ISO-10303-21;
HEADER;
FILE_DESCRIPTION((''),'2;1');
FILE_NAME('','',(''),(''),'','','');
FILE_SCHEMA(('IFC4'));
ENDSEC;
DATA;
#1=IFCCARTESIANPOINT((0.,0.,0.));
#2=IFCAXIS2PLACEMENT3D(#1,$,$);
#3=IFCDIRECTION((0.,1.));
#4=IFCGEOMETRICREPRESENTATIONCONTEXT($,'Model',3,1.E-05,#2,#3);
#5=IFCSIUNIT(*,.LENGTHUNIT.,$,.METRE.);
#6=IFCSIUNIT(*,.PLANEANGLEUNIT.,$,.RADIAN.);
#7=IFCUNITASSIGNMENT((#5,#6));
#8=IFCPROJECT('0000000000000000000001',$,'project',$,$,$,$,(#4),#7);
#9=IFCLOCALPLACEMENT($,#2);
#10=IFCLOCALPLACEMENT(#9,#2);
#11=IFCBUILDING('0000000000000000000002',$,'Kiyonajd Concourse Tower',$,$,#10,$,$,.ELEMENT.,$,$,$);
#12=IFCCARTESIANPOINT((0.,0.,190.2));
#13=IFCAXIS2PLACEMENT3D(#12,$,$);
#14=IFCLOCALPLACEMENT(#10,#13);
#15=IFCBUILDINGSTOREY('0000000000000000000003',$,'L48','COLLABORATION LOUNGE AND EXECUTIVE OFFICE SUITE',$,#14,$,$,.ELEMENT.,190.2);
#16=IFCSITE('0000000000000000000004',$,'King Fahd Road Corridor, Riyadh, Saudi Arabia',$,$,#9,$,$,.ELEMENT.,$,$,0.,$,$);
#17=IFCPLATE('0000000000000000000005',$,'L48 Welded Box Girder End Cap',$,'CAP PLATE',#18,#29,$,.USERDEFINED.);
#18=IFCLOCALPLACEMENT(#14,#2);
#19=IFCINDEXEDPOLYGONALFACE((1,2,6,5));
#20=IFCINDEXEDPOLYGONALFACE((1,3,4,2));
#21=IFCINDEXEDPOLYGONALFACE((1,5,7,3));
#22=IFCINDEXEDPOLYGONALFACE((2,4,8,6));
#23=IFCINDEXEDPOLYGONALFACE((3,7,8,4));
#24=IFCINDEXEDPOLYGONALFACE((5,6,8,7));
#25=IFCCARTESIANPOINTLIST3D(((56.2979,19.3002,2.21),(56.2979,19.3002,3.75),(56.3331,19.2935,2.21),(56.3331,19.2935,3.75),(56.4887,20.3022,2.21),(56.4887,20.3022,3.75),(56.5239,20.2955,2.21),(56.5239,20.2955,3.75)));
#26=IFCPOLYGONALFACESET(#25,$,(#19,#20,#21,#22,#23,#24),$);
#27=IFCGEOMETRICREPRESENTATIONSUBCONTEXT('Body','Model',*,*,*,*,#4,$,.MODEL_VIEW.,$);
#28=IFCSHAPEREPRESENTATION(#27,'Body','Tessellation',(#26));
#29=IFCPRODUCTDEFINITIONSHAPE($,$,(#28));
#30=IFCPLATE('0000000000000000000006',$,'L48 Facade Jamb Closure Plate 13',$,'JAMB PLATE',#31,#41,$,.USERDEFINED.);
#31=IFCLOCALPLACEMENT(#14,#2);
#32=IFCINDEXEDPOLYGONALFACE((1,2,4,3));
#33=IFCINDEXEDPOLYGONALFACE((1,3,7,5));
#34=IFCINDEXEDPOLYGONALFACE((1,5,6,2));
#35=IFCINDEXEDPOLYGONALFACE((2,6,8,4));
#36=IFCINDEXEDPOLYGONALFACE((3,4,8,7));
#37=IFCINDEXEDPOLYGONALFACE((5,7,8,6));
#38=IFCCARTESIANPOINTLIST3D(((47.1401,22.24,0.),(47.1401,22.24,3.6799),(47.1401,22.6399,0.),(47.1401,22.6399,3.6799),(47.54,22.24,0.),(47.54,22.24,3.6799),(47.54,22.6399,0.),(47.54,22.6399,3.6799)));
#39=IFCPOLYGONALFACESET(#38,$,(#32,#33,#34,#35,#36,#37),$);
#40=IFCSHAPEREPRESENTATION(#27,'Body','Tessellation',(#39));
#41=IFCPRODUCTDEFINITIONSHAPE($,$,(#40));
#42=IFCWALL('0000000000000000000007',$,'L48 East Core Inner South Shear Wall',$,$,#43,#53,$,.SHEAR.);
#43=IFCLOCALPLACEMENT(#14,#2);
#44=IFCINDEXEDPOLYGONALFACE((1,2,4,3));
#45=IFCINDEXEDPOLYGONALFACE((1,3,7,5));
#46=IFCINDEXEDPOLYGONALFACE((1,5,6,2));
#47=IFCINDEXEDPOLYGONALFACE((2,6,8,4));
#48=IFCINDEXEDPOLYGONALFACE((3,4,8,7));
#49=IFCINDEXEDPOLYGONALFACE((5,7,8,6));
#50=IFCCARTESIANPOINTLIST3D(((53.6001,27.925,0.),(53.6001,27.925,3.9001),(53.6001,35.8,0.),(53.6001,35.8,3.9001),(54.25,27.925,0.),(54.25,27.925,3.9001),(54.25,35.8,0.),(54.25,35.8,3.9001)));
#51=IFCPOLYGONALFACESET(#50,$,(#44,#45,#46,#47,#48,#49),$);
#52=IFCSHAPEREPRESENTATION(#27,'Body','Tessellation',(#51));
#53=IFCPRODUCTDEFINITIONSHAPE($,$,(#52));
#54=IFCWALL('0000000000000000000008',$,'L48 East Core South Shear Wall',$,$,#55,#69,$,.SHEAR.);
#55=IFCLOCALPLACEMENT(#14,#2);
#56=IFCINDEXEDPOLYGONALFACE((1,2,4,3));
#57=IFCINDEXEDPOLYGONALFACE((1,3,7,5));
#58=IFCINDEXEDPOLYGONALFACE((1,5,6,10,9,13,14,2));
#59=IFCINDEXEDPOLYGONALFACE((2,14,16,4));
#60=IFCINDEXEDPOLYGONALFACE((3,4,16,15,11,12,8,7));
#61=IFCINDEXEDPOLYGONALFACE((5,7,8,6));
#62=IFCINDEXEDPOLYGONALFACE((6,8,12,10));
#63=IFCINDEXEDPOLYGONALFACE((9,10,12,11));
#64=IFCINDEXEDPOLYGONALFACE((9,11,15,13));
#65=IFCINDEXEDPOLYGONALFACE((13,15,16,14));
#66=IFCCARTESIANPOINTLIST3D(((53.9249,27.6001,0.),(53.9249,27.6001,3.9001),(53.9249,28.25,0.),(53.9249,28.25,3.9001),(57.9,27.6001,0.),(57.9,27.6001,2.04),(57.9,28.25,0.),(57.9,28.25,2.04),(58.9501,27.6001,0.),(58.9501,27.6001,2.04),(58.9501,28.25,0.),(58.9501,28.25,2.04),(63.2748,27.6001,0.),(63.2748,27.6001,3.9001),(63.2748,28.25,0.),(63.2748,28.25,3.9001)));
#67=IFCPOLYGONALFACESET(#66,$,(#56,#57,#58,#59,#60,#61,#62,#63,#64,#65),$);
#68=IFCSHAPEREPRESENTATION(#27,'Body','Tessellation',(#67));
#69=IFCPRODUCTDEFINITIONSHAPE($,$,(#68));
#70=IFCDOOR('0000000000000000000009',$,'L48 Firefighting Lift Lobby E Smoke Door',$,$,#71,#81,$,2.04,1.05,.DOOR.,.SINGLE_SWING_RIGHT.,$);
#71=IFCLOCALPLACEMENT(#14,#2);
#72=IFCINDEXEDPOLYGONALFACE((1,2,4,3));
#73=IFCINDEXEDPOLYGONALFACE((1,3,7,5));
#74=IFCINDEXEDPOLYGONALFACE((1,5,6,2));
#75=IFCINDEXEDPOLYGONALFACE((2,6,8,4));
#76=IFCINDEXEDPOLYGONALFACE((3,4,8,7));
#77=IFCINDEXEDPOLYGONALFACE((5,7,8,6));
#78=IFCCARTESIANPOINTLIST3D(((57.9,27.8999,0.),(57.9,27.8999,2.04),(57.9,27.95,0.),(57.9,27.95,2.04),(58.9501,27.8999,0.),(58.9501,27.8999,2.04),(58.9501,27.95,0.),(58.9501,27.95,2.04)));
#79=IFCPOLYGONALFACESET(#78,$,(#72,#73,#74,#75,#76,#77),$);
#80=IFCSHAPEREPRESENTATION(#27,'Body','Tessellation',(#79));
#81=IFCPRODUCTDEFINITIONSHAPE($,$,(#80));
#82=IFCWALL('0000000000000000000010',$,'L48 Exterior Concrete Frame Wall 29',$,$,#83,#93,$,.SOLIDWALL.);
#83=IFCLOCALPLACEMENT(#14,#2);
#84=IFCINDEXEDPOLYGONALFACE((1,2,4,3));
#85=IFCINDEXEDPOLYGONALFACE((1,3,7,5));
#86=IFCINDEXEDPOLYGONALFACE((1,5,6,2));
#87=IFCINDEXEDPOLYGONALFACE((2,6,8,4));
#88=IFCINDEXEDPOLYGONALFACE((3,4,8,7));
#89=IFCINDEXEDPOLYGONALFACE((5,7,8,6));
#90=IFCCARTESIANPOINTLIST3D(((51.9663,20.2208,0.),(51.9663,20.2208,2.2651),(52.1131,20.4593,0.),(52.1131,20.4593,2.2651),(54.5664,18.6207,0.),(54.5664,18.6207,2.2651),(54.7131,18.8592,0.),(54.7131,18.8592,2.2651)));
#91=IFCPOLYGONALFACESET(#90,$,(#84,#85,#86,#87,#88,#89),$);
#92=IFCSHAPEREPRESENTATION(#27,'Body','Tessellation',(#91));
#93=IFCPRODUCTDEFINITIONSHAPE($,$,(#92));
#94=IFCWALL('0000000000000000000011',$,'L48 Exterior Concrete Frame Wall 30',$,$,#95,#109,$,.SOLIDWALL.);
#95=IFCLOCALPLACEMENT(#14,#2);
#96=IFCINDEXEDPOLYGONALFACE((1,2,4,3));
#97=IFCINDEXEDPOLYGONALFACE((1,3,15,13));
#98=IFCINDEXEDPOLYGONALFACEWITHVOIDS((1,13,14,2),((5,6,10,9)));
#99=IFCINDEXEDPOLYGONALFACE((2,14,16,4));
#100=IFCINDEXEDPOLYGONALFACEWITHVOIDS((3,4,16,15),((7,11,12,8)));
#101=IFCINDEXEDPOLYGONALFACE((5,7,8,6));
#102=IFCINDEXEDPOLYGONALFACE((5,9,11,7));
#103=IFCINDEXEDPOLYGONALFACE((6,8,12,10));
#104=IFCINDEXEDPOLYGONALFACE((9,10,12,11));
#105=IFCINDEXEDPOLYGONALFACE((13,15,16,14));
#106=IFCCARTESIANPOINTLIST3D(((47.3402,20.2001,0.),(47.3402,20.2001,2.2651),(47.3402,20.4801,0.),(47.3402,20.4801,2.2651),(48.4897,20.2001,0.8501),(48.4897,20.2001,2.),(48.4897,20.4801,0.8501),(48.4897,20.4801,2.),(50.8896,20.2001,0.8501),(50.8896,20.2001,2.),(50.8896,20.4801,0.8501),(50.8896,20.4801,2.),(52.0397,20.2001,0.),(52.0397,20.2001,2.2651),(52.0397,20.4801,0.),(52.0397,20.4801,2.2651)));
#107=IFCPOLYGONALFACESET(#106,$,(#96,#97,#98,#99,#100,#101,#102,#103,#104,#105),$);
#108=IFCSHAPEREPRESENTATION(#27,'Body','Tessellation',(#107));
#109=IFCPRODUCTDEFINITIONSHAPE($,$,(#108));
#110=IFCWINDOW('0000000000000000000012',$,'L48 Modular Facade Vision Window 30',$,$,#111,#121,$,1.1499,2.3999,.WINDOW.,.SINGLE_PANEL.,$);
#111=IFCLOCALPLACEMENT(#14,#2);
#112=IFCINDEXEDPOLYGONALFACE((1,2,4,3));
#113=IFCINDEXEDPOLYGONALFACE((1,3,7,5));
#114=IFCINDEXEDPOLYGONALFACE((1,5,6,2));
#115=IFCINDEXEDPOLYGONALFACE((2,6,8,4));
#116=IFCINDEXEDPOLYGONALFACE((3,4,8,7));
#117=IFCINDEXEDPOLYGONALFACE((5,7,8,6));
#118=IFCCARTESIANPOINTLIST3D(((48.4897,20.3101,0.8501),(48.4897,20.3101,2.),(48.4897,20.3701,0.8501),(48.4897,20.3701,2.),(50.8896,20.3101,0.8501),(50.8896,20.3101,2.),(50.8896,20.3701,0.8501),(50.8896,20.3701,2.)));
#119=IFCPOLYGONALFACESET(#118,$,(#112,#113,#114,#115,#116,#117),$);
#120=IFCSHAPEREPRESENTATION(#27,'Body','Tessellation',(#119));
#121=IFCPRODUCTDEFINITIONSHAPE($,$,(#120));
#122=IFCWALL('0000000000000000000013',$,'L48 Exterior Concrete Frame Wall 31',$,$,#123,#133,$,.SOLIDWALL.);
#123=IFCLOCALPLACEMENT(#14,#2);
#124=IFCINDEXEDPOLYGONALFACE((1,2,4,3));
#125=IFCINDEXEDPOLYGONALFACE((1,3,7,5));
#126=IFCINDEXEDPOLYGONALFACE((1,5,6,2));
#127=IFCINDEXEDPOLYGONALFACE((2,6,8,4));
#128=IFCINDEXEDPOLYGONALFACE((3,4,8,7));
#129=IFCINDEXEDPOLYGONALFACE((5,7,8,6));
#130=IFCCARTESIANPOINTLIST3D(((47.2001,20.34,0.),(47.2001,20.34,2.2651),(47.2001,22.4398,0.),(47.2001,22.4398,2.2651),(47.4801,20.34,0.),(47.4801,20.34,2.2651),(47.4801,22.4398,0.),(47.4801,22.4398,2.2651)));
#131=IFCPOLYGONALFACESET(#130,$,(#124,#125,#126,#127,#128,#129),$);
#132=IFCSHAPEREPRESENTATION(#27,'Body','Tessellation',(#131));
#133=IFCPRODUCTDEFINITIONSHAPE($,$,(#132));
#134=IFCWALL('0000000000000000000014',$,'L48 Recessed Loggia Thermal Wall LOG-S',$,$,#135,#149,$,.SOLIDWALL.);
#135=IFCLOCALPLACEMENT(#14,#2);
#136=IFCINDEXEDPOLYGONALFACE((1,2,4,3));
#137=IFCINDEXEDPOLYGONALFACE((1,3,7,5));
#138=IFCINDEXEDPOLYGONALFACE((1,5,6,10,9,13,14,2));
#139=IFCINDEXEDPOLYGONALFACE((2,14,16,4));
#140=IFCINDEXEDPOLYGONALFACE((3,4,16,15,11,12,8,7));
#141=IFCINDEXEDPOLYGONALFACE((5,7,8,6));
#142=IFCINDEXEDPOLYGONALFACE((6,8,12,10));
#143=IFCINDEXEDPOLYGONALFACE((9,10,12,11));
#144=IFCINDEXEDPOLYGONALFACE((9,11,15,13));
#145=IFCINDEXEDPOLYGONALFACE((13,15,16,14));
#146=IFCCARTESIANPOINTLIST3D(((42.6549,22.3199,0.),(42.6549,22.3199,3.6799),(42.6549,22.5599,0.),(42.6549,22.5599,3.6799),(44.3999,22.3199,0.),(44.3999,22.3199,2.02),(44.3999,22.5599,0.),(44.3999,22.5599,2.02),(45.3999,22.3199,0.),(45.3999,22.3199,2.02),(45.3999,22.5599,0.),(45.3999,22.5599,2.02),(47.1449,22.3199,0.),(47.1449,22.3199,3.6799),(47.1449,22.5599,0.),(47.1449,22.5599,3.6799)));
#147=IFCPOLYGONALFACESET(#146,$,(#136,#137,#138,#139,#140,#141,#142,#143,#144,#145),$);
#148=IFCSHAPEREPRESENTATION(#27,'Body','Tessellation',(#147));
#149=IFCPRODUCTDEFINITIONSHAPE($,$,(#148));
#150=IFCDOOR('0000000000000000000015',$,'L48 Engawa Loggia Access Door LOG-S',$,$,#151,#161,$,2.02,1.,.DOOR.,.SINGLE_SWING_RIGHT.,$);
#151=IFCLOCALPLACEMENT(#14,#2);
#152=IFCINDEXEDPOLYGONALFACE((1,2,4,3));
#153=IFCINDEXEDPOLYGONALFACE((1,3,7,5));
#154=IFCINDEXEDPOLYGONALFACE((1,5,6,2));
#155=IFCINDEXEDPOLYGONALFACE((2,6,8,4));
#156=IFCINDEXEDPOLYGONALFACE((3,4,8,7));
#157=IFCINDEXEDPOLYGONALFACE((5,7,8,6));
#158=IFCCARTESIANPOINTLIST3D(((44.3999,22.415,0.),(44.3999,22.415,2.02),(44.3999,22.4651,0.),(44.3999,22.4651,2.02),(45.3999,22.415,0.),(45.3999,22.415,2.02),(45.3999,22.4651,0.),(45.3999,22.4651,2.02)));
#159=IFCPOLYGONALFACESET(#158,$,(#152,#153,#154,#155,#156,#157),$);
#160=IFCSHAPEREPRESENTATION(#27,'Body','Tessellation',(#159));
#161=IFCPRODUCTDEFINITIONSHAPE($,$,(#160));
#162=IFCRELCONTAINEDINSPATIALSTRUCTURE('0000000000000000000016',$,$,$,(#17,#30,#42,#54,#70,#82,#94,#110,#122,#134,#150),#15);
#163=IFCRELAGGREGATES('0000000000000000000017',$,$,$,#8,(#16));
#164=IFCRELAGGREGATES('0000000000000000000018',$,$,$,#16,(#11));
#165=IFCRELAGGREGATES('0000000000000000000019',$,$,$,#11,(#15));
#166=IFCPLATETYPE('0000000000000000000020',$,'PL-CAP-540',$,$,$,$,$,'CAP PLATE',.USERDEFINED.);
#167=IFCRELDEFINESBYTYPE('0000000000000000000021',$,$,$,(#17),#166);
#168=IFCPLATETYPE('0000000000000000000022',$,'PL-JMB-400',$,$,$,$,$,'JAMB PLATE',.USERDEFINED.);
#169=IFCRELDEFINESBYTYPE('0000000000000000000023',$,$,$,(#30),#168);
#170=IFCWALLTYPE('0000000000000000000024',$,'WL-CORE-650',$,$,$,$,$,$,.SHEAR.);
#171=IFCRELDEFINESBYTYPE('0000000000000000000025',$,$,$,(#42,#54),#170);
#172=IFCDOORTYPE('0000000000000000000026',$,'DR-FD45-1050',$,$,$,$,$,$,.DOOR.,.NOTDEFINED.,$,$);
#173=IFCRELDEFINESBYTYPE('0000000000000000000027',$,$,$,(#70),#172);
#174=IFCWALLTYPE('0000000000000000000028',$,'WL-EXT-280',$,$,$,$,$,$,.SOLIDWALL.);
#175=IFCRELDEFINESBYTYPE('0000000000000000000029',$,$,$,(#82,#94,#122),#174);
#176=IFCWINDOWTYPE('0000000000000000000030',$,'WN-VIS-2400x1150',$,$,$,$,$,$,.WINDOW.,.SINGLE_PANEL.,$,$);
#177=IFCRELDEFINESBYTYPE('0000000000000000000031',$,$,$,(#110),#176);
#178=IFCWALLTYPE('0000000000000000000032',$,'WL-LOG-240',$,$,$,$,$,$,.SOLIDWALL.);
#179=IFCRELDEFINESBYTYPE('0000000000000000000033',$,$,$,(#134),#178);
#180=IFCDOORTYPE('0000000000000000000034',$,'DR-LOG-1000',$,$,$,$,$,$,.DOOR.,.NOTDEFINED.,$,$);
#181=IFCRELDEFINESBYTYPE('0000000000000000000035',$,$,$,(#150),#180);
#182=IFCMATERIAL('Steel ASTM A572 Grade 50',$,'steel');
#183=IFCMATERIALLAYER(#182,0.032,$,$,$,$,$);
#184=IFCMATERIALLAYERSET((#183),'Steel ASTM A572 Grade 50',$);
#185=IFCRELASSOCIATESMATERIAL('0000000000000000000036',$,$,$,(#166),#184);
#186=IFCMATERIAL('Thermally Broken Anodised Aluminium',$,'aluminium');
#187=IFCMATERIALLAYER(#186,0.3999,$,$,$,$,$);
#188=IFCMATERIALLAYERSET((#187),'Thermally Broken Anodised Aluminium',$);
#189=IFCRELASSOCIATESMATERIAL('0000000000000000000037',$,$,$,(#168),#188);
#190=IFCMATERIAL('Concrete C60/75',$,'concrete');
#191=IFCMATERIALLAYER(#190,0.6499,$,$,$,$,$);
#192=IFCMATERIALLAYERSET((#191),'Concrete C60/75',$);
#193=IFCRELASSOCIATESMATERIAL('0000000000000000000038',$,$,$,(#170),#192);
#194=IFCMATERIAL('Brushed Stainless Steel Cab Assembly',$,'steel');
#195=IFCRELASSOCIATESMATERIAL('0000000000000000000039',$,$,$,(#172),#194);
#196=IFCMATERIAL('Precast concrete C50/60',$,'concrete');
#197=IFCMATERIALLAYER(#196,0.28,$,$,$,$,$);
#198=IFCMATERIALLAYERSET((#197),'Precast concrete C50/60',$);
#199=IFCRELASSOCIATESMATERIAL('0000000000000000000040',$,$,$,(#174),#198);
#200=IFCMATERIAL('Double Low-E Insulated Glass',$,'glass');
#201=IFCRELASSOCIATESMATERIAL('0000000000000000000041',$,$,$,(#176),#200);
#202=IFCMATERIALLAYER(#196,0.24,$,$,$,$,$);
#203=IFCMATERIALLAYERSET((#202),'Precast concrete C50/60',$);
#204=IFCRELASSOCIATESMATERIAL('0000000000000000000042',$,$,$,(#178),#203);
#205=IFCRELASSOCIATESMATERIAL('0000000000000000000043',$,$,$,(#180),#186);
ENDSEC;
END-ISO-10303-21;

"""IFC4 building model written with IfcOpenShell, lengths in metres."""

from ifc_helpers import new_model, si_unit, direction, frame, frame_2d, origin, origin_2d, place, context, subcontext, project, spatial, rectangle, extrude, material, layer, layer_set, type_object, element, fill, save


model = new_model("IFC4")

# Units and contexts
model_context = context("Model", 3, precision=1e-05, world=origin(), true_north=direction((0.0, 1.0)))
body_context = subcontext(model_context, "Body", "Model", "MODEL_VIEW")
ifc_project = project(units=[si_unit("LENGTHUNIT", "METRE"), si_unit("PLANEANGLEUNIT", "RADIAN")], contexts=[model_context])

# Site, building, storey
site_placement = place(None, origin())
site = spatial("IfcSite", under=ifc_project, at=site_placement, Name="King Fahd Road Corridor, Riyadh, Saudi Arabia", CompositionType="ELEMENT", RefElevation=0.0)
building_placement = place(site_placement, origin())
building = spatial("IfcBuilding", under=site, at=building_placement, Name="Kiyonajd Concourse Tower", CompositionType="ELEMENT")
storey_placement = place(building_placement, frame((0.0, 0.0, 190.2)))
storey = spatial("IfcBuildingStorey", under=building, at=storey_placement, Name="L48", Description="COLLABORATION LOUNGE AND EXECUTIVE OFFICE SUITE", CompositionType="ELEMENT", Elevation=190.2)

# Shared definitions
ifc_material_1 = material(Name="Steel ASTM A572 Grade 50", Category="steel")

# Plates
ifc_layer_1 = layer(ifc_material_1, 0.032)
ifc_layer_set_1 = layer_set([ifc_layer_1], Name="Steel ASTM A572 Grade 50")
plate_type_1 = type_object("IfcPlateType", Name="PL-CAP-540", ElementType="CAP PLATE", PredefinedType="USERDEFINED", material=ifc_layer_set_1)
for number, where, z_axis, x_axis, name in (
    (1, (56.4109, 19.7979, 2.21), (0.0, 0.0, 1.0), (0.982353, -0.187038, 0.0), "L48 Welded Box Girder End Cap"),
):
    element("IfcPlate", number, at=place(storey_placement, frame(where, z_axis=z_axis, x_axis=x_axis)), inside=storey, type_object=plate_type_1, Name=name, ObjectType="CAP PLATE", PredefinedType="USERDEFINED", context=body_context, shape_type="SweptSolid", body=[
        extrude(rectangle(XDim=0.0359, YDim=1.02, at=origin_2d()), origin(), (0.0, 0.0, 1.0), 1.54),
    ])
ifc_material_2 = material(Name="Thermally Broken Anodised Aluminium", Category="aluminium")
ifc_layer_2 = layer(ifc_material_2, 0.3999)
ifc_layer_set_2 = layer_set([ifc_layer_2], Name="Thermally Broken Anodised Aluminium")
plate_type_2 = type_object("IfcPlateType", Name="PL-JMB-400", ElementType="JAMB PLATE", PredefinedType="USERDEFINED", material=ifc_layer_set_2)
plate_placement = place(storey_placement, frame((47.3401, 22.4399, 0.0), z_axis=(0.0, 0.0, 1.0), x_axis=(1.0, 0.0, 0.0)))
element("IfcPlate", 2, at=plate_placement, inside=storey, type_object=plate_type_2, Name="L48 Facade Jamb Closure Plate 13", ObjectType="JAMB PLATE", PredefinedType="USERDEFINED", context=body_context, shape_type="SweptSolid", body=[
    extrude(rectangle(XDim=0.3999, YDim=0.3999, at=origin_2d()), origin(), (0.0, 0.0, 1.0), 3.6799),
])

# Wall
ifc_material_3 = material(Name="Concrete C60/75", Category="concrete")
ifc_layer_3 = layer(ifc_material_3, 0.6499)
ifc_layer_set_3 = layer_set([ifc_layer_3], Name="Concrete C60/75")
wall_type_1 = type_object("IfcWallType", Name="WL-CORE-650", PredefinedType="SHEAR", material=ifc_layer_set_3)
wall_1_placement = place(storey_placement, frame((53.925, 27.925, 0.0), z_axis=(0.0, 0.0, 1.0), x_axis=(0.0, 1.0, 0.0)))
element("IfcWall", 3, at=wall_1_placement, inside=storey, type_object=wall_type_1, Name="L48 East Core Inner South Shear Wall", PredefinedType="SHEAR", context=body_context, shape_type="SweptSolid", body=[
    extrude(rectangle(XDim=7.875, YDim=0.6499, at=frame_2d((3.9375, 0.0))), origin(), (0.0, 0.0, 1.0), 3.9001),
])

# Wall, opening, door
wall_2_placement = place(storey_placement, frame((53.925, 27.925, 0.0), z_axis=(0.0, 0.0, 1.0), x_axis=(1.0, 0.0, 0.0)))
wall_2 = element("IfcWall", 4, at=wall_2_placement, inside=storey, type_object=wall_type_1, Name="L48 East Core South Shear Wall", PredefinedType="SHEAR", context=body_context, shape_type="SweptSolid", body=[
    extrude(rectangle(XDim=9.3499, YDim=0.6499, at=frame_2d((4.6748, 0.0))), origin(), (0.0, 0.0, 1.0), 3.9001),
])
opening_1_placement = place(wall_2_placement, frame((3.9751, 0.0, 0.0)))
opening_1 = element("IfcOpeningElement", 5, at=opening_1_placement, cuts=wall_2, PredefinedType="OPENING", context=body_context, shape_type="SweptSolid", body=[
    extrude(rectangle(XDim=1.05, YDim=2.04, at=frame_2d((0.5249, 1.02))), frame((0.0, 0.335, 0.0), z_axis=(0.0, -1.0, 0.0), x_axis=(1.0, 0.0, 0.0)), (0.0, 0.0, 1.0), 0.6699),
])
ifc_material_4 = material(Name="Brushed Stainless Steel Cab Assembly", Category="steel")
door_type_1 = type_object("IfcDoorType", Name="DR-FD45-1050", OperationType="NOTDEFINED", PredefinedType="DOOR", material=ifc_material_4)
door_1_placement = place(opening_1_placement, origin())
door_1 = element("IfcDoor", 6, at=door_1_placement, inside=storey, type_object=door_type_1, Name="L48 Firefighting Lift Lobby E Smoke Door", OperationType="SINGLE_SWING_RIGHT", OverallHeight=2.04, OverallWidth=1.05, PredefinedType="DOOR", context=body_context, shape_type="SweptSolid", body=[
    extrude(rectangle(XDim=1.05, YDim=2.04, at=frame_2d((0.5249, 1.02))), frame((0.0, 0.0249, 0.0), z_axis=(0.0, -1.0, 0.0), x_axis=(1.0, 0.0, 0.0)), (0.0, 0.0, 1.0), 0.05),
])
fill(opening_1, door_1)

# Wall
ifc_material_5 = material(Name="Precast concrete C50/60", Category="concrete")
ifc_layer_4 = layer(ifc_material_5, 0.28)
ifc_layer_set_4 = layer_set([ifc_layer_4], Name="Precast concrete C50/60")
wall_type_2 = type_object("IfcWallType", Name="WL-EXT-280", PredefinedType="SOLIDWALL", material=ifc_layer_set_4)
wall_3_placement = place(storey_placement, frame((54.6396, 18.74, 0.0), z_axis=(0.0, 0.0, 1.0), x_axis=(-0.851653, 0.524106, 0.0)))
element("IfcWall", 7, at=wall_3_placement, inside=storey, type_object=wall_type_2, Name="L48 Exterior Concrete Frame Wall 29", PredefinedType="SOLIDWALL", context=body_context, shape_type="SweptSolid", body=[
    extrude(rectangle(XDim=3.053, YDim=0.28, at=frame_2d((1.5264, 0.0))), origin(), (0.0, 0.0, 1.0), 2.2651),
])

# Wall, opening, window
wall_4_placement = place(storey_placement, frame((52.0396, 20.3401, 0.0), z_axis=(0.0, 0.0, 1.0), x_axis=(-1.0, 0.0, 0.0)))
wall_4 = element("IfcWall", 8, at=wall_4_placement, inside=storey, type_object=wall_type_2, Name="L48 Exterior Concrete Frame Wall 30", PredefinedType="SOLIDWALL", context=body_context, shape_type="SweptSolid", body=[
    extrude(rectangle(XDim=4.6995, YDim=0.28, at=frame_2d((2.3496, 0.0))), origin(), (0.0, 0.0, 1.0), 2.2651),
])
opening_2_placement = place(wall_4_placement, frame((1.1499, 0.0, 0.8501)))
opening_2 = element("IfcOpeningElement", 9, at=opening_2_placement, cuts=wall_4, PredefinedType="OPENING", context=body_context, shape_type="SweptSolid", body=[
    extrude(rectangle(XDim=2.3999, YDim=1.1499, at=frame_2d((1.2, 0.575))), frame((0.0, 0.1499, 0.0), z_axis=(0.0, -1.0, 0.0), x_axis=(1.0, 0.0, 0.0)), (0.0, 0.0, 1.0), 0.3),
])
ifc_material_6 = material(Name="Double Low-E Insulated Glass", Category="glass")
window_type = type_object("IfcWindowType", Name="WN-VIS-2400x1150", PartitioningType="SINGLE_PANEL", PredefinedType="WINDOW", material=ifc_material_6)
window_placement = place(opening_2_placement, origin())
window = element("IfcWindow", 10, at=window_placement, inside=storey, type_object=window_type, Name="L48 Modular Facade Vision Window 30", OverallHeight=1.1499, OverallWidth=2.3999, PartitioningType="SINGLE_PANEL", PredefinedType="WINDOW", context=body_context, shape_type="SweptSolid", body=[
    extrude(rectangle(XDim=2.3999, YDim=1.1499, at=frame_2d((1.2, 0.575))), frame((0.0, 0.03, 0.0), z_axis=(0.0, -1.0, 0.0), x_axis=(1.0, 0.0, 0.0)), (0.0, 0.0, 1.0), 0.0601),
])
fill(opening_2, window)

# Wall
wall_5_placement = place(storey_placement, frame((47.3401, 20.3401, 0.0), z_axis=(0.0, 0.0, 1.0), x_axis=(0.0, 1.0, 0.0)))
element("IfcWall", 11, at=wall_5_placement, inside=storey, type_object=wall_type_2, Name="L48 Exterior Concrete Frame Wall 31", PredefinedType="SOLIDWALL", context=body_context, shape_type="SweptSolid", body=[
    extrude(rectangle(XDim=2.0999, YDim=0.28, at=frame_2d((1.0498, 0.0))), origin(), (0.0, 0.0, 1.0), 2.2651),
])

# Wall, opening, door
ifc_layer_5 = layer(ifc_material_5, 0.24)
ifc_layer_set_5 = layer_set([ifc_layer_5], Name="Precast concrete C50/60")
wall_type_3 = type_object("IfcWallType", Name="WL-LOG-240", PredefinedType="SOLIDWALL", material=ifc_layer_set_5)
wall_6_placement = place(storey_placement, frame((47.145, 22.4399, 0.0), z_axis=(0.0, 0.0, 1.0), x_axis=(-1.0, 0.0, 0.0)))
wall_6 = element("IfcWall", 12, at=wall_6_placement, inside=storey, type_object=wall_type_3, Name="L48 Recessed Loggia Thermal Wall LOG-S", PredefinedType="SOLIDWALL", context=body_context, shape_type="SweptSolid", body=[
    extrude(rectangle(XDim=4.49, YDim=0.24, at=frame_2d((2.2451, 0.0))), origin(), (0.0, 0.0, 1.0), 3.6799),
])
opening_3_placement = place(wall_6_placement, frame((1.7451, 0.0, 0.0)))
opening_3 = element("IfcOpeningElement", 13, at=opening_3_placement, cuts=wall_6, PredefinedType="OPENING", context=body_context, shape_type="SweptSolid", body=[
    extrude(rectangle(XDim=1.0, YDim=2.02, at=frame_2d((0.5, 1.01))), frame((0.0, 0.1299, 0.0), z_axis=(0.0, -1.0, 0.0), x_axis=(1.0, 0.0, 0.0)), (0.0, 0.0, 1.0), 0.26),
])
door_type_2 = type_object("IfcDoorType", Name="DR-LOG-1000", OperationType="NOTDEFINED", PredefinedType="DOOR", material=ifc_material_2)
door_2_placement = place(opening_3_placement, origin())
door_2 = element("IfcDoor", 14, at=door_2_placement, inside=storey, type_object=door_type_2, Name="L48 Engawa Loggia Access Door LOG-S", OperationType="SINGLE_SWING_RIGHT", OverallHeight=2.02, OverallWidth=1.0, PredefinedType="DOOR", context=body_context, shape_type="SweptSolid", body=[
    extrude(rectangle(XDim=1.0, YDim=2.02, at=frame_2d((0.5, 1.01))), frame((0.0, 0.0249, 0.0), z_axis=(0.0, -1.0, 0.0), x_axis=(1.0, 0.0, 0.0)), (0.0, 0.0, 1.0), 0.05),
])
fill(opening_3, door_2)

save(model, "model.ifc")
